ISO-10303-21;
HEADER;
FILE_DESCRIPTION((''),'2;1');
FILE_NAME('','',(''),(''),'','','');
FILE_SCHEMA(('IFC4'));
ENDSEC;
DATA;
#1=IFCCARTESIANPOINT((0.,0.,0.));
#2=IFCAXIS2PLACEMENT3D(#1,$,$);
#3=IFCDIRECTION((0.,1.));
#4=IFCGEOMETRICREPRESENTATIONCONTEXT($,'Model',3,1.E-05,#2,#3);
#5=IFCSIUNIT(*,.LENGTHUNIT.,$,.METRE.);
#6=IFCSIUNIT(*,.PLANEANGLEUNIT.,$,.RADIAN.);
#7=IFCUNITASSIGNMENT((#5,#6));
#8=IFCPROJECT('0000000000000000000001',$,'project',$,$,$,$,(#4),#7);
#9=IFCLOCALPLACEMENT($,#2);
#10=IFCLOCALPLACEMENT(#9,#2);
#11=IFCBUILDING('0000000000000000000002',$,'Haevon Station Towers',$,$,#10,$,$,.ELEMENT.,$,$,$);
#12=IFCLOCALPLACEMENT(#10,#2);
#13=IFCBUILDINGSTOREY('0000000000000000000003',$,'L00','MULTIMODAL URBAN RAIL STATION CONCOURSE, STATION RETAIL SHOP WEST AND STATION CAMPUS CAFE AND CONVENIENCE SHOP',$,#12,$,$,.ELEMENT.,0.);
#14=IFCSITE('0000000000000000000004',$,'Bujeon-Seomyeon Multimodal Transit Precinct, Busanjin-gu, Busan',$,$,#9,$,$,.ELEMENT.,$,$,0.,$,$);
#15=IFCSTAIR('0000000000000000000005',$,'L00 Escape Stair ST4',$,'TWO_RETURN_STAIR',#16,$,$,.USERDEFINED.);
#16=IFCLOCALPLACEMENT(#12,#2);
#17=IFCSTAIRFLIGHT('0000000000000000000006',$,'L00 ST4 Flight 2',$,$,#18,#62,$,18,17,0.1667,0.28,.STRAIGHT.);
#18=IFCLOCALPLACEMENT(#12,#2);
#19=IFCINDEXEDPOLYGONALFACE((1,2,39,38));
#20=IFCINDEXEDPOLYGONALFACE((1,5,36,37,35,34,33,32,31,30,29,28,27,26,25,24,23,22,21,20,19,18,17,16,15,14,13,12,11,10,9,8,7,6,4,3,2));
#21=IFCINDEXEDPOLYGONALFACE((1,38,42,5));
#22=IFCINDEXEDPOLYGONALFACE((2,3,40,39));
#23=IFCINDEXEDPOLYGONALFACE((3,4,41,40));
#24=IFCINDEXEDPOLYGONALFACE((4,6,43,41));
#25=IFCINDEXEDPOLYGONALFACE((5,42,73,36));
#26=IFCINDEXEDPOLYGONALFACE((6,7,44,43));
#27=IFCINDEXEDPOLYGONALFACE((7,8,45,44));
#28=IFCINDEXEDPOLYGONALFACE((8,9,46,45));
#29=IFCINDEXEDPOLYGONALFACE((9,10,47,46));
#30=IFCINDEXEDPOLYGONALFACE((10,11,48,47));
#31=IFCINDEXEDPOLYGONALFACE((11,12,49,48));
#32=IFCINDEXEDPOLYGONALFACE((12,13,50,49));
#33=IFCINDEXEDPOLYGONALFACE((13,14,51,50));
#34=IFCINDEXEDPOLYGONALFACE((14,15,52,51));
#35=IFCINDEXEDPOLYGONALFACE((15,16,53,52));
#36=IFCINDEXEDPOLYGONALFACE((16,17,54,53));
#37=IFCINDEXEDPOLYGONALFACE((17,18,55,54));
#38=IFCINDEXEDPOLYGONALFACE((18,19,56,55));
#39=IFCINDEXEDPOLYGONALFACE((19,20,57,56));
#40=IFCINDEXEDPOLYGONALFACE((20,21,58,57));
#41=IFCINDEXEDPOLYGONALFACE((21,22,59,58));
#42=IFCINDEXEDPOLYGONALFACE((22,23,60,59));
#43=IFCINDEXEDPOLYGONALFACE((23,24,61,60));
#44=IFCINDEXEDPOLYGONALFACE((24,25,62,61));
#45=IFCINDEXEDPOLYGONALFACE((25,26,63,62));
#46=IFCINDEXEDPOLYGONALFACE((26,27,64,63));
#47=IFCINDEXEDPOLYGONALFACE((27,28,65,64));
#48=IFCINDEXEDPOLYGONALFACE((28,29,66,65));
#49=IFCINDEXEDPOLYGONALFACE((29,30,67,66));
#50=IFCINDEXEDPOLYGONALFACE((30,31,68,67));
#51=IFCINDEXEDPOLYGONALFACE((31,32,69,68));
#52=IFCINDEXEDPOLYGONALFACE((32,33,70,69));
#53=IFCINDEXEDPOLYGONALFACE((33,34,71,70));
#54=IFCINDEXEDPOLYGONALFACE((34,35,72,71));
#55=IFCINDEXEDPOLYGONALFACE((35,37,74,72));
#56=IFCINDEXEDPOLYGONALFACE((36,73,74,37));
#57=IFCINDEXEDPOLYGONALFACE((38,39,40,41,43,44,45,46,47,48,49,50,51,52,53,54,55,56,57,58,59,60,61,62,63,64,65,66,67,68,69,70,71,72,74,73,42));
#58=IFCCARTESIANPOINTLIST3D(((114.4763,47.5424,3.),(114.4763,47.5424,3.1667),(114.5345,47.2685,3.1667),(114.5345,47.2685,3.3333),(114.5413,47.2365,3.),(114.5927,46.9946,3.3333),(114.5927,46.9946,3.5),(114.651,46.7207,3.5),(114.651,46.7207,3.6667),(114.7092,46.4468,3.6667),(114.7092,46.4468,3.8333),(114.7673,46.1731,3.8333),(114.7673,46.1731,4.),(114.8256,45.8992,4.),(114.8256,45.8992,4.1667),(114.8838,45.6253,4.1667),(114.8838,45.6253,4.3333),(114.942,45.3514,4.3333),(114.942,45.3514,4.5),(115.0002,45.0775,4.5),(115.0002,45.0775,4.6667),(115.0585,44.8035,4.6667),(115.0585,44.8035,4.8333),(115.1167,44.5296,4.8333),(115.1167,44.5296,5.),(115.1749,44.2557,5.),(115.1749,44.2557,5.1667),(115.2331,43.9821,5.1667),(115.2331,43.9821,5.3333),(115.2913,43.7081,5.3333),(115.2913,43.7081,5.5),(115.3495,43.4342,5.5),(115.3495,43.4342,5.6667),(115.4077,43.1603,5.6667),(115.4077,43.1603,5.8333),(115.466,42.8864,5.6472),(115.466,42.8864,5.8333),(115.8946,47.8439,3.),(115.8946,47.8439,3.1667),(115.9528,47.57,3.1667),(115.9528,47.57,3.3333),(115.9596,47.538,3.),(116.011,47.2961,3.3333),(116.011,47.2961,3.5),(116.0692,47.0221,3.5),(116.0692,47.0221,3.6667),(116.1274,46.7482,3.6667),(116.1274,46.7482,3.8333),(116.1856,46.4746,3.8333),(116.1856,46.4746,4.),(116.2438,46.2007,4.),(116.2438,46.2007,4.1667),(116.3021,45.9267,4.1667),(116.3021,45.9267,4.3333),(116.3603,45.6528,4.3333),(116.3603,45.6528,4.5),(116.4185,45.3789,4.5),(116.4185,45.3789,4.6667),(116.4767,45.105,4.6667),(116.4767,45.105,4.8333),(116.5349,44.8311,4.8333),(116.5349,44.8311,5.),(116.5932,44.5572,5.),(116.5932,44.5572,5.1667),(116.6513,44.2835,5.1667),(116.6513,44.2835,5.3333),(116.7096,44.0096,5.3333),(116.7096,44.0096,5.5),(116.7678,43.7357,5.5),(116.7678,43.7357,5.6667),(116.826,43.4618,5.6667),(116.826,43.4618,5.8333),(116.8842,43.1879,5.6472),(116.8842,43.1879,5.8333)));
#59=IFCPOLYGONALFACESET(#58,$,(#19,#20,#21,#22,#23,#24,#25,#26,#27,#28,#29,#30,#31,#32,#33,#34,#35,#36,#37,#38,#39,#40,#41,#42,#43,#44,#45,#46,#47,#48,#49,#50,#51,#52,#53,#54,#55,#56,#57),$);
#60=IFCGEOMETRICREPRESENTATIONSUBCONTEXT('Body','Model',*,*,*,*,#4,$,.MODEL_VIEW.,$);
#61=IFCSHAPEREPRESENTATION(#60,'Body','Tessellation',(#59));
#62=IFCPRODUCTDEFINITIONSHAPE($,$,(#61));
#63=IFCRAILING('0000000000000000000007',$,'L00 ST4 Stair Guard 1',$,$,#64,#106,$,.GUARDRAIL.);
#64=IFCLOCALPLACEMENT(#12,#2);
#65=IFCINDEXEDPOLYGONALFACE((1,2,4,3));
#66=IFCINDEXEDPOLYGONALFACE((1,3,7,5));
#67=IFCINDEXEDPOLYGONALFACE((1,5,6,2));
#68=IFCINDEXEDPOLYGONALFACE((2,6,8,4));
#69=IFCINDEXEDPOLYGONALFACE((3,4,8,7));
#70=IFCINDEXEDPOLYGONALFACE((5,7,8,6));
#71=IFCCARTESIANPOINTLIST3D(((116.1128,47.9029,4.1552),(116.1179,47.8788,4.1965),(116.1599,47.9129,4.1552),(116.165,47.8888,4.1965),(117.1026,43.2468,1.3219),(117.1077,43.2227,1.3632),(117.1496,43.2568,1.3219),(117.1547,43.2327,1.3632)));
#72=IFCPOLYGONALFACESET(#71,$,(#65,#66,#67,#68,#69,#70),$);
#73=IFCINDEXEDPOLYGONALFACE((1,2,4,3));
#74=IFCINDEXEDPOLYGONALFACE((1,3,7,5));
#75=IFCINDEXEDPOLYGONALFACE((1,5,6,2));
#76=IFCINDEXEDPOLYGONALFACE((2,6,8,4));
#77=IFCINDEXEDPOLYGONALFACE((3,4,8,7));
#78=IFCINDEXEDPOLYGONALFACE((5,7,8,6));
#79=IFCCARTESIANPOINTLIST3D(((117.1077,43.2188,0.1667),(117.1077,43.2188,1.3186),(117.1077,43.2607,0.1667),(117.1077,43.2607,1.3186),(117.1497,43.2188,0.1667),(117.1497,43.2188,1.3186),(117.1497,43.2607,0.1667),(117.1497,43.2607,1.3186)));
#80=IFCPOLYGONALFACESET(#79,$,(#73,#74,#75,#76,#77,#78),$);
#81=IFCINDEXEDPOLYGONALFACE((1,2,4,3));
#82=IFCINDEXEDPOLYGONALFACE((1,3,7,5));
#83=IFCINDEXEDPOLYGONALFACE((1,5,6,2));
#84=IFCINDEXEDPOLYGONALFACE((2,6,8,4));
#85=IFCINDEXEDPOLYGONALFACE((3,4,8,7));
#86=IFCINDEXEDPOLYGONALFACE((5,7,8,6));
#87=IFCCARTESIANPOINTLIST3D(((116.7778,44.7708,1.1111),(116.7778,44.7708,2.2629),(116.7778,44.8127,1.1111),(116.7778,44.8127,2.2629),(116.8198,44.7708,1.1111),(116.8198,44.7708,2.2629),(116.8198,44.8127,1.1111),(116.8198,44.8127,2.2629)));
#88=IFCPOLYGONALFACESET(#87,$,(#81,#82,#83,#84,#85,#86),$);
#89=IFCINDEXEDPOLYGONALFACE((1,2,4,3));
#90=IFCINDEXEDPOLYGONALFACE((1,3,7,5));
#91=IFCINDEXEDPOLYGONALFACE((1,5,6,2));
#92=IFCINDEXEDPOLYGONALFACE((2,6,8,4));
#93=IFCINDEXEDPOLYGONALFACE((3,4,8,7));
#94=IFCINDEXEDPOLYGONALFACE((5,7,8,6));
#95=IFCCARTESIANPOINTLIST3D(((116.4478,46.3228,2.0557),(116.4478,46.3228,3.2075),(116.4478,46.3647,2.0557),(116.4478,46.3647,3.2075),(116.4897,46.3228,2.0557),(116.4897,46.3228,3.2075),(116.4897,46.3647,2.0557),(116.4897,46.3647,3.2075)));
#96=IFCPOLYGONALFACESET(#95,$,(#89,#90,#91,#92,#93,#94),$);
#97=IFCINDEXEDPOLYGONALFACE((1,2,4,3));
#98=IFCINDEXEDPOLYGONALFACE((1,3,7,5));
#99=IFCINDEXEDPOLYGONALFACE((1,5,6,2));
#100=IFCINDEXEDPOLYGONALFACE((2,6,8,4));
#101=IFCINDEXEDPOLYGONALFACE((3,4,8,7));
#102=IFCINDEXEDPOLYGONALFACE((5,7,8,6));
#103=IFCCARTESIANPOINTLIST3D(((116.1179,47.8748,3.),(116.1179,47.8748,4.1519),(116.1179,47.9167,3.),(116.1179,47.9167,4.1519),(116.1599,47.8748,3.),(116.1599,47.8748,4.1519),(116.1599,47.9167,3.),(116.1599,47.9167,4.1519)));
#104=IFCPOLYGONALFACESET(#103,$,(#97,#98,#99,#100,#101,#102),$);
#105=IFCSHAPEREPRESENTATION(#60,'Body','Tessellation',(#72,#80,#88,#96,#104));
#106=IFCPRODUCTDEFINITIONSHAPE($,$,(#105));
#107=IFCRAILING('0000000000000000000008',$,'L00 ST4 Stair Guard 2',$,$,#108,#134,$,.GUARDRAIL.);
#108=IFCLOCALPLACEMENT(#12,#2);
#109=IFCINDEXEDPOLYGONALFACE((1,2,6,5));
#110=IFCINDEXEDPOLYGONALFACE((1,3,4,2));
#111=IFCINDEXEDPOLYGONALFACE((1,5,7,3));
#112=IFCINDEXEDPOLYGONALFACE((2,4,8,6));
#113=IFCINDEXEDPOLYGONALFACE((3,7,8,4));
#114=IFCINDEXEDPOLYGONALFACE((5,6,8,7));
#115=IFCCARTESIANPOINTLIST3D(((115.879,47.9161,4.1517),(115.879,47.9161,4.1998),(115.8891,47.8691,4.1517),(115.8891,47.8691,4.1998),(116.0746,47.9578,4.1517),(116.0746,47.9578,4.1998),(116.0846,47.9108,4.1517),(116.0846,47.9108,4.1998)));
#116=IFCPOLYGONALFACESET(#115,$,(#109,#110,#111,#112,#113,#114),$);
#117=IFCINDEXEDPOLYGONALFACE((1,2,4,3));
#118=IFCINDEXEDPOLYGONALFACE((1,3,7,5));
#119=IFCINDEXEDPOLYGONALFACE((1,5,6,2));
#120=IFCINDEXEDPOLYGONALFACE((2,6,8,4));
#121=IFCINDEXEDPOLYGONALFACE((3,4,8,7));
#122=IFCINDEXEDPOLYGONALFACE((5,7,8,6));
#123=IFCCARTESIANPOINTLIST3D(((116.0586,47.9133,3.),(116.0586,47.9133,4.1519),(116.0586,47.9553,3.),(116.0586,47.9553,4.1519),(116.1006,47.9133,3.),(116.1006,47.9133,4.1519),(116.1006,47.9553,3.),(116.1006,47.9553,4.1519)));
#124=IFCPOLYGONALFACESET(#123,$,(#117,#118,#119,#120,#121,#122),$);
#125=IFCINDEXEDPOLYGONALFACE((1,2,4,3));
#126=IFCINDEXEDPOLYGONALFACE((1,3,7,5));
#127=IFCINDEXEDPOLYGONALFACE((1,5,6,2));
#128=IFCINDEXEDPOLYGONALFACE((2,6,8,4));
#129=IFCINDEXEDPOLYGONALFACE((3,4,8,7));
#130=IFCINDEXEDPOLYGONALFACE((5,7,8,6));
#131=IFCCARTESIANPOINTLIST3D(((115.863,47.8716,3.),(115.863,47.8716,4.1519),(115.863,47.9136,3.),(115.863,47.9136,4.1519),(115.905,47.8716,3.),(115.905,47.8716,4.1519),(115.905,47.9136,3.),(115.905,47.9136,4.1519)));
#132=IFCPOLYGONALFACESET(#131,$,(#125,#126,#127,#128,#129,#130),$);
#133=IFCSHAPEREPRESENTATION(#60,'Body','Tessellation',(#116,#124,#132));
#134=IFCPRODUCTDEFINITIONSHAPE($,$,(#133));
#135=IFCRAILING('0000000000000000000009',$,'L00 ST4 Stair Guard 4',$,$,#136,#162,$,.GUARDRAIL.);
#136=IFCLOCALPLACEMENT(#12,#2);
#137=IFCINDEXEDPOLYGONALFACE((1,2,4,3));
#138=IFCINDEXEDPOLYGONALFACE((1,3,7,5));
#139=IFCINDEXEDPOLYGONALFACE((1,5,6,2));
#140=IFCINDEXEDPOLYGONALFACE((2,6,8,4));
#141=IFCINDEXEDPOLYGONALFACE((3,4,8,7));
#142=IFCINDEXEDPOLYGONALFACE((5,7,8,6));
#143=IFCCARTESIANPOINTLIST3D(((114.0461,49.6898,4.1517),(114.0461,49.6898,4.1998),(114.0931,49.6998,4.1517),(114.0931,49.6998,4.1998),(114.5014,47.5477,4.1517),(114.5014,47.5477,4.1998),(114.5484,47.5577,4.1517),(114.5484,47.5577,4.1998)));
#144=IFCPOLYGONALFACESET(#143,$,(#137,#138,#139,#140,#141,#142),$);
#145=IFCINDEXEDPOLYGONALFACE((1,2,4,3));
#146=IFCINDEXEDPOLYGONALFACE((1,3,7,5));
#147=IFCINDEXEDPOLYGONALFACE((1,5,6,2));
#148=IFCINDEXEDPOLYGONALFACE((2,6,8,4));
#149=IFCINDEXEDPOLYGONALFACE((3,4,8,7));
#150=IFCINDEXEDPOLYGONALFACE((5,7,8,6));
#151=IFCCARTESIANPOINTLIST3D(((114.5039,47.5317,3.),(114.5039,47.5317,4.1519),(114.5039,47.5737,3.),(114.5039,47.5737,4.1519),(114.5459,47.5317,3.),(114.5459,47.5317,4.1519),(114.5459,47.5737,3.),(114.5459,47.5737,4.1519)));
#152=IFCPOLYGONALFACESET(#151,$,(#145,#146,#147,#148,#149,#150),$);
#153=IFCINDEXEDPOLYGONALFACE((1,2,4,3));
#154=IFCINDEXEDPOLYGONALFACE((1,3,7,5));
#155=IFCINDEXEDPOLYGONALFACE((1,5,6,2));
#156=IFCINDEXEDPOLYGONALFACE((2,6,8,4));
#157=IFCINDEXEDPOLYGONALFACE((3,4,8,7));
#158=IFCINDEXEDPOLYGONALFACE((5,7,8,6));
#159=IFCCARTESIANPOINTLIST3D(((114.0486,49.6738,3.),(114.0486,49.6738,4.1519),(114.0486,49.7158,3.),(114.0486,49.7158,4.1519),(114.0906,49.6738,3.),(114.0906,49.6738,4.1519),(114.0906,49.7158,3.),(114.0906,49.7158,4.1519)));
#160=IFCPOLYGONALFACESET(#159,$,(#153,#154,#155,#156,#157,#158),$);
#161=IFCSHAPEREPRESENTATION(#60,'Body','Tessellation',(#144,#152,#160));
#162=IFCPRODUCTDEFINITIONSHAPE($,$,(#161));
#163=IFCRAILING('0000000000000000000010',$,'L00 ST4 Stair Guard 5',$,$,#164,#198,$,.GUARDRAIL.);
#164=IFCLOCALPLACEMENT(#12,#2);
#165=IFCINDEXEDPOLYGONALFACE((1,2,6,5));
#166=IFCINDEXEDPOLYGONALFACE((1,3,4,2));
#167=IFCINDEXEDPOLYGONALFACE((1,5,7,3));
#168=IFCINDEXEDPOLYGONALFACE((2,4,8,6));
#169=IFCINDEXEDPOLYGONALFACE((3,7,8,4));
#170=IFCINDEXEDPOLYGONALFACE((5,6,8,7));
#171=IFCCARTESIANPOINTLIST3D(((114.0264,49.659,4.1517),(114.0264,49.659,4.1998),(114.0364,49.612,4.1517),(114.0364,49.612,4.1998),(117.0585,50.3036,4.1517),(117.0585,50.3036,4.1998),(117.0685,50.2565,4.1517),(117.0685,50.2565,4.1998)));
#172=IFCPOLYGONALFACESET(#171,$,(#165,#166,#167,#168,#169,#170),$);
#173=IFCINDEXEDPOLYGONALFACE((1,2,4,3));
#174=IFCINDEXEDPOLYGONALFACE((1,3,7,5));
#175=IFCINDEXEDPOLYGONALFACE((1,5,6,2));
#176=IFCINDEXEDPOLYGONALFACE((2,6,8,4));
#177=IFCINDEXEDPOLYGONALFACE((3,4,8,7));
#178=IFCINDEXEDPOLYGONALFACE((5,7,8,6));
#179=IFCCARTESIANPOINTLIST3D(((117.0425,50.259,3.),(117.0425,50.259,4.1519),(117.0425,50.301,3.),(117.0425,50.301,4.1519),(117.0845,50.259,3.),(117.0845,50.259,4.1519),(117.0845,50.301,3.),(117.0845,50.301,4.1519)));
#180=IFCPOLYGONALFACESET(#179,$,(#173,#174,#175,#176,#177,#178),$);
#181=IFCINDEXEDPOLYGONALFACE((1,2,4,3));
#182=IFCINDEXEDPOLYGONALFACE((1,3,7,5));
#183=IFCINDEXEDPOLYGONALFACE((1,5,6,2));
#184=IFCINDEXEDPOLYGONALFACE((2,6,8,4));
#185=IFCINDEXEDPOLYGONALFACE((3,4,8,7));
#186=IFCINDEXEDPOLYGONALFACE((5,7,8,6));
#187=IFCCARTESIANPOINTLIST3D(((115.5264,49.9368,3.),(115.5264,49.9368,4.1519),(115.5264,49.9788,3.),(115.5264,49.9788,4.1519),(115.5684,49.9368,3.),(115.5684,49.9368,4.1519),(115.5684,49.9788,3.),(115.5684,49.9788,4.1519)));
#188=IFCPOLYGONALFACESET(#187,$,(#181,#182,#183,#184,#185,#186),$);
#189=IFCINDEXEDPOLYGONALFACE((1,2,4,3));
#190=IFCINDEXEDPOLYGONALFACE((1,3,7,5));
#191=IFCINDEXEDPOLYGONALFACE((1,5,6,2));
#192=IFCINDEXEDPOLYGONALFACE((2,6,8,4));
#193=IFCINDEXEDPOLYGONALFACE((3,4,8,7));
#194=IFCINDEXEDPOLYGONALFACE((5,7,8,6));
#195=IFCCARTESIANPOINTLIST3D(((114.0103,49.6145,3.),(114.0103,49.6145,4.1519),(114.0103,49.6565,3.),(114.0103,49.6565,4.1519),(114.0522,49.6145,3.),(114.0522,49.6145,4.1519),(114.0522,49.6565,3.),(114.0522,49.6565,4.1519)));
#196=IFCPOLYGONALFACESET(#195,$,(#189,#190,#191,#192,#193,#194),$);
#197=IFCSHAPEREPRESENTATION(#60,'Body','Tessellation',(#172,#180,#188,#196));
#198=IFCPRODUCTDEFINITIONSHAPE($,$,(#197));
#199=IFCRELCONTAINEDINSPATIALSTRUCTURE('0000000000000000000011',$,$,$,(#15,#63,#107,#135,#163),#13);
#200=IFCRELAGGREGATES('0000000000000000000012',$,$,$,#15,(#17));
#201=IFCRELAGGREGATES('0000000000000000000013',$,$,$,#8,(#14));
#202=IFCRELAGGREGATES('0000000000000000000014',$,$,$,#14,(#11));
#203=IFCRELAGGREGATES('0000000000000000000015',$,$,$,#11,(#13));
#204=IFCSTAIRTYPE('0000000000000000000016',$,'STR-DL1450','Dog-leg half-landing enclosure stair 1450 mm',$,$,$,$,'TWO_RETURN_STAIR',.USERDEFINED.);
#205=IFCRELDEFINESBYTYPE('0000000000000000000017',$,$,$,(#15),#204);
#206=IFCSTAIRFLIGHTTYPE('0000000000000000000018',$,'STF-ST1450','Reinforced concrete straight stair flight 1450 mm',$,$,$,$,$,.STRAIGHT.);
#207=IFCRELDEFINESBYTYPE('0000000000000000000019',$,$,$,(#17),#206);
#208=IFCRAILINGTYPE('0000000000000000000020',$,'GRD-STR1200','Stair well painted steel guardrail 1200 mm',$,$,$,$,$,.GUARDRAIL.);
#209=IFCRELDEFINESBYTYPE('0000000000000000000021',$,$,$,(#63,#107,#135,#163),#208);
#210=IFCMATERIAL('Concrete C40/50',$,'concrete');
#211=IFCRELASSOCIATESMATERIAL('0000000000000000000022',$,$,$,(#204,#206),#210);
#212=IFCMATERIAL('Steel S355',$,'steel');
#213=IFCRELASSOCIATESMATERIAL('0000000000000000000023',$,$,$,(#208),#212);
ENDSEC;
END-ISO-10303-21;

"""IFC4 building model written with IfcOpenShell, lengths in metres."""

from ifc_helpers import new_model, si_unit, direction, frame, origin, origin_2d, place, context, subcontext, project, spatial, polyline, rectangle, outline, extrude, material, type_object, element, aggregate, save


model = new_model("IFC4")

# Units and contexts
model_context = context("Model", 3, precision=1e-05, world=origin(), true_north=direction((0.0, 1.0)))
body_context = subcontext(model_context, "Body", "Model", "MODEL_VIEW")
ifc_project = project(units=[si_unit("LENGTHUNIT", "METRE"), si_unit("PLANEANGLEUNIT", "RADIAN")], contexts=[model_context])

# Site, building, storey
site_placement = place(None, origin())
site = spatial("IfcSite", under=ifc_project, at=site_placement, Name="Bujeon-Seomyeon Multimodal Transit Precinct, Busanjin-gu, Busan", CompositionType="ELEMENT", RefElevation=0.0)
building_placement = place(site_placement, origin())
building = spatial("IfcBuilding", under=site, at=building_placement, Name="Haevon Station Towers", CompositionType="ELEMENT")
storey_placement = place(building_placement, origin())
storey = spatial("IfcBuildingStorey", under=building, at=storey_placement, Name="L00", Description="MULTIMODAL URBAN RAIL STATION CONCOURSE, STATION RETAIL SHOP WEST AND STATION CAMPUS CAFE AND CONVENIENCE SHOP", CompositionType="ELEMENT", Elevation=0.0)

# Stair, stair flight
ifc_material_1 = material(Name="Concrete C40/50", Category="concrete")
stair_type = type_object("IfcStairType", Name="STR-DL1450", Description="Dog-leg half-landing enclosure stair 1450 mm", ElementType="TWO_RETURN_STAIR", PredefinedType="USERDEFINED", material=ifc_material_1)
stair_placement = place(storey_placement, origin())
stair = element("IfcStair", 1, at=stair_placement, inside=storey, type_object=stair_type, Name="L00 Escape Stair ST4", ObjectType="TWO_RETURN_STAIR", PredefinedType="USERDEFINED")
stair_flight_type = type_object("IfcStairFlightType", Name="STF-ST1450", Description="Reinforced concrete straight stair flight 1450 mm", PredefinedType="STRAIGHT", material=ifc_material_1)
stair_flight_placement = place(storey_placement, frame((115.1853, 47.6931, 3.0), z_axis=(0.0, 0.0, 1.0), x_axis=(0.207912, -0.978148, 0.0)))
stair_flight = element("IfcStairFlight", 2, at=stair_flight_placement, type_object=stair_flight_type, Name="L00 ST4 Flight 2", NumberOfRisers=18, NumberOfTreads=17, PredefinedType="STRAIGHT", RiserHeight=0.1667, TreadLength=0.28, context=body_context, shape_type="SweptSolid", body=[
    extrude(outline(polyline([(0.0, 0.0), (0.0, 0.1667), (0.28, 0.1667), (0.28, 0.3333), (0.5601, 0.3333), (0.5601, 0.5), (0.8401, 0.5), (0.8401, 0.6667), (1.1201, 0.6667), (1.1201, 0.8333), (1.3999, 0.8333), (1.3999, 1.0), (1.6799, 1.0), (1.6799, 1.1667), (1.96, 1.1667), (1.96, 1.3333), (2.24, 1.3333), (2.24, 1.5), (2.52, 1.5), (2.52, 1.6667), (2.8, 1.6667), (2.8, 1.8333), (3.0801, 1.8333), (3.0801, 2.0), (3.3601, 2.0), (3.3601, 2.1667), (3.6399, 2.1667), (3.6399, 2.3333), (3.9199, 2.3333), (3.9199, 2.5), (4.2, 2.5), (4.2, 2.6667), (4.48, 2.6667), (4.48, 2.8333), (4.76, 2.8333), (4.76, 3.0), (4.76, 2.6472), (0.3127, 0.0), (0.0, 0.0)])), frame((0.0, 0.7251, 0.0), z_axis=(0.0, -1.0, 0.0), x_axis=(1.0, 0.0, 0.0)), (0.0, 0.0, 1.0), 1.45),
])
aggregate(stair, [stair_flight])

# Railings
ifc_material_2 = material(Name="Steel S355", Category="steel")
railing_type_1 = type_object("IfcRailingType", Name="GRD-STR1200", Description="Stair well painted steel guardrail 1200 mm", PredefinedType="GUARDRAIL", material=ifc_material_2)
railing_1_placement = place(storey_placement, frame((117.1287, 43.2397, 0.1667)))
element("IfcRailing", 3, at=railing_1_placement, inside=storey, type_object=railing_type_1, Name="L00 ST4 Stair Guard 1", PredefinedType="GUARDRAIL", context=body_context, shape_type="SweptSolid", body=[
    extrude(rectangle(XDim=0.0481, YDim=0.0481, at=origin_2d()), frame((0.0, 0.0, 1.1758), z_axis=(-0.178673, 0.84052, 0.51147), x_axis=(-0.978144, -0.207928, 0.0)), (0.0, 0.0, 1.0), 5.5396),
    extrude(rectangle(XDim=0.042, YDim=0.042, at=origin_2d()), origin(), (0.0, 0.0, 1.0), 1.1519),
    extrude(rectangle(XDim=0.042, YDim=0.042, at=origin_2d()), frame((-0.3298, 1.552, 0.9443)), (0.0, 0.0, 1.0), 1.1519),
    extrude(rectangle(XDim=0.042, YDim=0.042, at=origin_2d()), frame((-0.6599, 3.104, 1.8889)), (0.0, 0.0, 1.0), 1.1519),
    extrude(rectangle(XDim=0.042, YDim=0.042, at=origin_2d()), frame((-0.9897, 4.656, 2.8333)), (0.0, 0.0, 1.0), 1.1519),
])
railing_2_placement = place(storey_placement, frame((116.0796, 47.9343, 3.0)))
element("IfcRailing", 4, at=railing_2_placement, inside=storey, type_object=railing_type_1, Name="L00 ST4 Stair Guard 2", PredefinedType="GUARDRAIL", context=body_context, shape_type="SweptSolid", body=[
    extrude(rectangle(XDim=0.0481, YDim=0.0481, at=origin_2d()), frame((0.0, 0.0, 1.1758), z_axis=(-0.977963, -0.208779, 0.0), x_axis=(0.208779, -0.977963, 0.0)), (0.0, 0.0, 1.0), 0.2),
    extrude(rectangle(XDim=0.042, YDim=0.042, at=origin_2d()), origin(), (0.0, 0.0, 1.0), 1.1519),
    extrude(rectangle(XDim=0.042, YDim=0.042, at=origin_2d()), frame((-0.1956, -0.0417, 0.0)), (0.0, 0.0, 1.0), 1.1519),
])
railing_3_placement = place(storey_placement, frame((114.5249, 47.5527, 3.0)))
element("IfcRailing", 5, at=railing_3_placement, inside=storey, type_object=railing_type_1, Name="L00 ST4 Stair Guard 4", PredefinedType="GUARDRAIL", context=body_context, shape_type="SweptSolid", body=[
    extrude(rectangle(XDim=0.0481, YDim=0.0481, at=origin_2d()), frame((0.0, 0.0, 1.1758), z_axis=(-0.207915, 0.978147, 0.0), x_axis=(-0.978147, -0.207915, 0.0)), (0.0, 0.0, 1.0), 2.1899),
    extrude(rectangle(XDim=0.042, YDim=0.042, at=origin_2d()), origin(), (0.0, 0.0, 1.0), 1.1519),
    extrude(rectangle(XDim=0.042, YDim=0.042, at=origin_2d()), frame((-0.4553, 2.1421, 0.0)), (0.0, 0.0, 1.0), 1.1519),
])
railing_4_placement = place(storey_placement, frame((117.0635, 50.28, 3.0)))
element("IfcRailing", 6, at=railing_4_placement, inside=storey, type_object=railing_type_1, Name="L00 ST4 Stair Guard 5", PredefinedType="GUARDRAIL", context=body_context, shape_type="SweptSolid", body=[
    extrude(rectangle(XDim=0.0481, YDim=0.0481, at=origin_2d()), frame((0.0, 0.0, 1.1758), z_axis=(-0.978147, -0.207915, 0.0), x_axis=(0.207915, -0.978147, 0.0)), (0.0, 0.0, 1.0), 3.0999),
    extrude(rectangle(XDim=0.042, YDim=0.042, at=origin_2d()), origin(), (0.0, 0.0, 1.0), 1.1519),
    extrude(rectangle(XDim=0.042, YDim=0.042, at=origin_2d()), frame((-1.5161, -0.3223, 0.0)), (0.0, 0.0, 1.0), 1.1519),
    extrude(rectangle(XDim=0.042, YDim=0.042, at=origin_2d()), frame((-3.0322, -0.6445, 0.0)), (0.0, 0.0, 1.0), 1.1519),
])

save(model, "model.ifc")
